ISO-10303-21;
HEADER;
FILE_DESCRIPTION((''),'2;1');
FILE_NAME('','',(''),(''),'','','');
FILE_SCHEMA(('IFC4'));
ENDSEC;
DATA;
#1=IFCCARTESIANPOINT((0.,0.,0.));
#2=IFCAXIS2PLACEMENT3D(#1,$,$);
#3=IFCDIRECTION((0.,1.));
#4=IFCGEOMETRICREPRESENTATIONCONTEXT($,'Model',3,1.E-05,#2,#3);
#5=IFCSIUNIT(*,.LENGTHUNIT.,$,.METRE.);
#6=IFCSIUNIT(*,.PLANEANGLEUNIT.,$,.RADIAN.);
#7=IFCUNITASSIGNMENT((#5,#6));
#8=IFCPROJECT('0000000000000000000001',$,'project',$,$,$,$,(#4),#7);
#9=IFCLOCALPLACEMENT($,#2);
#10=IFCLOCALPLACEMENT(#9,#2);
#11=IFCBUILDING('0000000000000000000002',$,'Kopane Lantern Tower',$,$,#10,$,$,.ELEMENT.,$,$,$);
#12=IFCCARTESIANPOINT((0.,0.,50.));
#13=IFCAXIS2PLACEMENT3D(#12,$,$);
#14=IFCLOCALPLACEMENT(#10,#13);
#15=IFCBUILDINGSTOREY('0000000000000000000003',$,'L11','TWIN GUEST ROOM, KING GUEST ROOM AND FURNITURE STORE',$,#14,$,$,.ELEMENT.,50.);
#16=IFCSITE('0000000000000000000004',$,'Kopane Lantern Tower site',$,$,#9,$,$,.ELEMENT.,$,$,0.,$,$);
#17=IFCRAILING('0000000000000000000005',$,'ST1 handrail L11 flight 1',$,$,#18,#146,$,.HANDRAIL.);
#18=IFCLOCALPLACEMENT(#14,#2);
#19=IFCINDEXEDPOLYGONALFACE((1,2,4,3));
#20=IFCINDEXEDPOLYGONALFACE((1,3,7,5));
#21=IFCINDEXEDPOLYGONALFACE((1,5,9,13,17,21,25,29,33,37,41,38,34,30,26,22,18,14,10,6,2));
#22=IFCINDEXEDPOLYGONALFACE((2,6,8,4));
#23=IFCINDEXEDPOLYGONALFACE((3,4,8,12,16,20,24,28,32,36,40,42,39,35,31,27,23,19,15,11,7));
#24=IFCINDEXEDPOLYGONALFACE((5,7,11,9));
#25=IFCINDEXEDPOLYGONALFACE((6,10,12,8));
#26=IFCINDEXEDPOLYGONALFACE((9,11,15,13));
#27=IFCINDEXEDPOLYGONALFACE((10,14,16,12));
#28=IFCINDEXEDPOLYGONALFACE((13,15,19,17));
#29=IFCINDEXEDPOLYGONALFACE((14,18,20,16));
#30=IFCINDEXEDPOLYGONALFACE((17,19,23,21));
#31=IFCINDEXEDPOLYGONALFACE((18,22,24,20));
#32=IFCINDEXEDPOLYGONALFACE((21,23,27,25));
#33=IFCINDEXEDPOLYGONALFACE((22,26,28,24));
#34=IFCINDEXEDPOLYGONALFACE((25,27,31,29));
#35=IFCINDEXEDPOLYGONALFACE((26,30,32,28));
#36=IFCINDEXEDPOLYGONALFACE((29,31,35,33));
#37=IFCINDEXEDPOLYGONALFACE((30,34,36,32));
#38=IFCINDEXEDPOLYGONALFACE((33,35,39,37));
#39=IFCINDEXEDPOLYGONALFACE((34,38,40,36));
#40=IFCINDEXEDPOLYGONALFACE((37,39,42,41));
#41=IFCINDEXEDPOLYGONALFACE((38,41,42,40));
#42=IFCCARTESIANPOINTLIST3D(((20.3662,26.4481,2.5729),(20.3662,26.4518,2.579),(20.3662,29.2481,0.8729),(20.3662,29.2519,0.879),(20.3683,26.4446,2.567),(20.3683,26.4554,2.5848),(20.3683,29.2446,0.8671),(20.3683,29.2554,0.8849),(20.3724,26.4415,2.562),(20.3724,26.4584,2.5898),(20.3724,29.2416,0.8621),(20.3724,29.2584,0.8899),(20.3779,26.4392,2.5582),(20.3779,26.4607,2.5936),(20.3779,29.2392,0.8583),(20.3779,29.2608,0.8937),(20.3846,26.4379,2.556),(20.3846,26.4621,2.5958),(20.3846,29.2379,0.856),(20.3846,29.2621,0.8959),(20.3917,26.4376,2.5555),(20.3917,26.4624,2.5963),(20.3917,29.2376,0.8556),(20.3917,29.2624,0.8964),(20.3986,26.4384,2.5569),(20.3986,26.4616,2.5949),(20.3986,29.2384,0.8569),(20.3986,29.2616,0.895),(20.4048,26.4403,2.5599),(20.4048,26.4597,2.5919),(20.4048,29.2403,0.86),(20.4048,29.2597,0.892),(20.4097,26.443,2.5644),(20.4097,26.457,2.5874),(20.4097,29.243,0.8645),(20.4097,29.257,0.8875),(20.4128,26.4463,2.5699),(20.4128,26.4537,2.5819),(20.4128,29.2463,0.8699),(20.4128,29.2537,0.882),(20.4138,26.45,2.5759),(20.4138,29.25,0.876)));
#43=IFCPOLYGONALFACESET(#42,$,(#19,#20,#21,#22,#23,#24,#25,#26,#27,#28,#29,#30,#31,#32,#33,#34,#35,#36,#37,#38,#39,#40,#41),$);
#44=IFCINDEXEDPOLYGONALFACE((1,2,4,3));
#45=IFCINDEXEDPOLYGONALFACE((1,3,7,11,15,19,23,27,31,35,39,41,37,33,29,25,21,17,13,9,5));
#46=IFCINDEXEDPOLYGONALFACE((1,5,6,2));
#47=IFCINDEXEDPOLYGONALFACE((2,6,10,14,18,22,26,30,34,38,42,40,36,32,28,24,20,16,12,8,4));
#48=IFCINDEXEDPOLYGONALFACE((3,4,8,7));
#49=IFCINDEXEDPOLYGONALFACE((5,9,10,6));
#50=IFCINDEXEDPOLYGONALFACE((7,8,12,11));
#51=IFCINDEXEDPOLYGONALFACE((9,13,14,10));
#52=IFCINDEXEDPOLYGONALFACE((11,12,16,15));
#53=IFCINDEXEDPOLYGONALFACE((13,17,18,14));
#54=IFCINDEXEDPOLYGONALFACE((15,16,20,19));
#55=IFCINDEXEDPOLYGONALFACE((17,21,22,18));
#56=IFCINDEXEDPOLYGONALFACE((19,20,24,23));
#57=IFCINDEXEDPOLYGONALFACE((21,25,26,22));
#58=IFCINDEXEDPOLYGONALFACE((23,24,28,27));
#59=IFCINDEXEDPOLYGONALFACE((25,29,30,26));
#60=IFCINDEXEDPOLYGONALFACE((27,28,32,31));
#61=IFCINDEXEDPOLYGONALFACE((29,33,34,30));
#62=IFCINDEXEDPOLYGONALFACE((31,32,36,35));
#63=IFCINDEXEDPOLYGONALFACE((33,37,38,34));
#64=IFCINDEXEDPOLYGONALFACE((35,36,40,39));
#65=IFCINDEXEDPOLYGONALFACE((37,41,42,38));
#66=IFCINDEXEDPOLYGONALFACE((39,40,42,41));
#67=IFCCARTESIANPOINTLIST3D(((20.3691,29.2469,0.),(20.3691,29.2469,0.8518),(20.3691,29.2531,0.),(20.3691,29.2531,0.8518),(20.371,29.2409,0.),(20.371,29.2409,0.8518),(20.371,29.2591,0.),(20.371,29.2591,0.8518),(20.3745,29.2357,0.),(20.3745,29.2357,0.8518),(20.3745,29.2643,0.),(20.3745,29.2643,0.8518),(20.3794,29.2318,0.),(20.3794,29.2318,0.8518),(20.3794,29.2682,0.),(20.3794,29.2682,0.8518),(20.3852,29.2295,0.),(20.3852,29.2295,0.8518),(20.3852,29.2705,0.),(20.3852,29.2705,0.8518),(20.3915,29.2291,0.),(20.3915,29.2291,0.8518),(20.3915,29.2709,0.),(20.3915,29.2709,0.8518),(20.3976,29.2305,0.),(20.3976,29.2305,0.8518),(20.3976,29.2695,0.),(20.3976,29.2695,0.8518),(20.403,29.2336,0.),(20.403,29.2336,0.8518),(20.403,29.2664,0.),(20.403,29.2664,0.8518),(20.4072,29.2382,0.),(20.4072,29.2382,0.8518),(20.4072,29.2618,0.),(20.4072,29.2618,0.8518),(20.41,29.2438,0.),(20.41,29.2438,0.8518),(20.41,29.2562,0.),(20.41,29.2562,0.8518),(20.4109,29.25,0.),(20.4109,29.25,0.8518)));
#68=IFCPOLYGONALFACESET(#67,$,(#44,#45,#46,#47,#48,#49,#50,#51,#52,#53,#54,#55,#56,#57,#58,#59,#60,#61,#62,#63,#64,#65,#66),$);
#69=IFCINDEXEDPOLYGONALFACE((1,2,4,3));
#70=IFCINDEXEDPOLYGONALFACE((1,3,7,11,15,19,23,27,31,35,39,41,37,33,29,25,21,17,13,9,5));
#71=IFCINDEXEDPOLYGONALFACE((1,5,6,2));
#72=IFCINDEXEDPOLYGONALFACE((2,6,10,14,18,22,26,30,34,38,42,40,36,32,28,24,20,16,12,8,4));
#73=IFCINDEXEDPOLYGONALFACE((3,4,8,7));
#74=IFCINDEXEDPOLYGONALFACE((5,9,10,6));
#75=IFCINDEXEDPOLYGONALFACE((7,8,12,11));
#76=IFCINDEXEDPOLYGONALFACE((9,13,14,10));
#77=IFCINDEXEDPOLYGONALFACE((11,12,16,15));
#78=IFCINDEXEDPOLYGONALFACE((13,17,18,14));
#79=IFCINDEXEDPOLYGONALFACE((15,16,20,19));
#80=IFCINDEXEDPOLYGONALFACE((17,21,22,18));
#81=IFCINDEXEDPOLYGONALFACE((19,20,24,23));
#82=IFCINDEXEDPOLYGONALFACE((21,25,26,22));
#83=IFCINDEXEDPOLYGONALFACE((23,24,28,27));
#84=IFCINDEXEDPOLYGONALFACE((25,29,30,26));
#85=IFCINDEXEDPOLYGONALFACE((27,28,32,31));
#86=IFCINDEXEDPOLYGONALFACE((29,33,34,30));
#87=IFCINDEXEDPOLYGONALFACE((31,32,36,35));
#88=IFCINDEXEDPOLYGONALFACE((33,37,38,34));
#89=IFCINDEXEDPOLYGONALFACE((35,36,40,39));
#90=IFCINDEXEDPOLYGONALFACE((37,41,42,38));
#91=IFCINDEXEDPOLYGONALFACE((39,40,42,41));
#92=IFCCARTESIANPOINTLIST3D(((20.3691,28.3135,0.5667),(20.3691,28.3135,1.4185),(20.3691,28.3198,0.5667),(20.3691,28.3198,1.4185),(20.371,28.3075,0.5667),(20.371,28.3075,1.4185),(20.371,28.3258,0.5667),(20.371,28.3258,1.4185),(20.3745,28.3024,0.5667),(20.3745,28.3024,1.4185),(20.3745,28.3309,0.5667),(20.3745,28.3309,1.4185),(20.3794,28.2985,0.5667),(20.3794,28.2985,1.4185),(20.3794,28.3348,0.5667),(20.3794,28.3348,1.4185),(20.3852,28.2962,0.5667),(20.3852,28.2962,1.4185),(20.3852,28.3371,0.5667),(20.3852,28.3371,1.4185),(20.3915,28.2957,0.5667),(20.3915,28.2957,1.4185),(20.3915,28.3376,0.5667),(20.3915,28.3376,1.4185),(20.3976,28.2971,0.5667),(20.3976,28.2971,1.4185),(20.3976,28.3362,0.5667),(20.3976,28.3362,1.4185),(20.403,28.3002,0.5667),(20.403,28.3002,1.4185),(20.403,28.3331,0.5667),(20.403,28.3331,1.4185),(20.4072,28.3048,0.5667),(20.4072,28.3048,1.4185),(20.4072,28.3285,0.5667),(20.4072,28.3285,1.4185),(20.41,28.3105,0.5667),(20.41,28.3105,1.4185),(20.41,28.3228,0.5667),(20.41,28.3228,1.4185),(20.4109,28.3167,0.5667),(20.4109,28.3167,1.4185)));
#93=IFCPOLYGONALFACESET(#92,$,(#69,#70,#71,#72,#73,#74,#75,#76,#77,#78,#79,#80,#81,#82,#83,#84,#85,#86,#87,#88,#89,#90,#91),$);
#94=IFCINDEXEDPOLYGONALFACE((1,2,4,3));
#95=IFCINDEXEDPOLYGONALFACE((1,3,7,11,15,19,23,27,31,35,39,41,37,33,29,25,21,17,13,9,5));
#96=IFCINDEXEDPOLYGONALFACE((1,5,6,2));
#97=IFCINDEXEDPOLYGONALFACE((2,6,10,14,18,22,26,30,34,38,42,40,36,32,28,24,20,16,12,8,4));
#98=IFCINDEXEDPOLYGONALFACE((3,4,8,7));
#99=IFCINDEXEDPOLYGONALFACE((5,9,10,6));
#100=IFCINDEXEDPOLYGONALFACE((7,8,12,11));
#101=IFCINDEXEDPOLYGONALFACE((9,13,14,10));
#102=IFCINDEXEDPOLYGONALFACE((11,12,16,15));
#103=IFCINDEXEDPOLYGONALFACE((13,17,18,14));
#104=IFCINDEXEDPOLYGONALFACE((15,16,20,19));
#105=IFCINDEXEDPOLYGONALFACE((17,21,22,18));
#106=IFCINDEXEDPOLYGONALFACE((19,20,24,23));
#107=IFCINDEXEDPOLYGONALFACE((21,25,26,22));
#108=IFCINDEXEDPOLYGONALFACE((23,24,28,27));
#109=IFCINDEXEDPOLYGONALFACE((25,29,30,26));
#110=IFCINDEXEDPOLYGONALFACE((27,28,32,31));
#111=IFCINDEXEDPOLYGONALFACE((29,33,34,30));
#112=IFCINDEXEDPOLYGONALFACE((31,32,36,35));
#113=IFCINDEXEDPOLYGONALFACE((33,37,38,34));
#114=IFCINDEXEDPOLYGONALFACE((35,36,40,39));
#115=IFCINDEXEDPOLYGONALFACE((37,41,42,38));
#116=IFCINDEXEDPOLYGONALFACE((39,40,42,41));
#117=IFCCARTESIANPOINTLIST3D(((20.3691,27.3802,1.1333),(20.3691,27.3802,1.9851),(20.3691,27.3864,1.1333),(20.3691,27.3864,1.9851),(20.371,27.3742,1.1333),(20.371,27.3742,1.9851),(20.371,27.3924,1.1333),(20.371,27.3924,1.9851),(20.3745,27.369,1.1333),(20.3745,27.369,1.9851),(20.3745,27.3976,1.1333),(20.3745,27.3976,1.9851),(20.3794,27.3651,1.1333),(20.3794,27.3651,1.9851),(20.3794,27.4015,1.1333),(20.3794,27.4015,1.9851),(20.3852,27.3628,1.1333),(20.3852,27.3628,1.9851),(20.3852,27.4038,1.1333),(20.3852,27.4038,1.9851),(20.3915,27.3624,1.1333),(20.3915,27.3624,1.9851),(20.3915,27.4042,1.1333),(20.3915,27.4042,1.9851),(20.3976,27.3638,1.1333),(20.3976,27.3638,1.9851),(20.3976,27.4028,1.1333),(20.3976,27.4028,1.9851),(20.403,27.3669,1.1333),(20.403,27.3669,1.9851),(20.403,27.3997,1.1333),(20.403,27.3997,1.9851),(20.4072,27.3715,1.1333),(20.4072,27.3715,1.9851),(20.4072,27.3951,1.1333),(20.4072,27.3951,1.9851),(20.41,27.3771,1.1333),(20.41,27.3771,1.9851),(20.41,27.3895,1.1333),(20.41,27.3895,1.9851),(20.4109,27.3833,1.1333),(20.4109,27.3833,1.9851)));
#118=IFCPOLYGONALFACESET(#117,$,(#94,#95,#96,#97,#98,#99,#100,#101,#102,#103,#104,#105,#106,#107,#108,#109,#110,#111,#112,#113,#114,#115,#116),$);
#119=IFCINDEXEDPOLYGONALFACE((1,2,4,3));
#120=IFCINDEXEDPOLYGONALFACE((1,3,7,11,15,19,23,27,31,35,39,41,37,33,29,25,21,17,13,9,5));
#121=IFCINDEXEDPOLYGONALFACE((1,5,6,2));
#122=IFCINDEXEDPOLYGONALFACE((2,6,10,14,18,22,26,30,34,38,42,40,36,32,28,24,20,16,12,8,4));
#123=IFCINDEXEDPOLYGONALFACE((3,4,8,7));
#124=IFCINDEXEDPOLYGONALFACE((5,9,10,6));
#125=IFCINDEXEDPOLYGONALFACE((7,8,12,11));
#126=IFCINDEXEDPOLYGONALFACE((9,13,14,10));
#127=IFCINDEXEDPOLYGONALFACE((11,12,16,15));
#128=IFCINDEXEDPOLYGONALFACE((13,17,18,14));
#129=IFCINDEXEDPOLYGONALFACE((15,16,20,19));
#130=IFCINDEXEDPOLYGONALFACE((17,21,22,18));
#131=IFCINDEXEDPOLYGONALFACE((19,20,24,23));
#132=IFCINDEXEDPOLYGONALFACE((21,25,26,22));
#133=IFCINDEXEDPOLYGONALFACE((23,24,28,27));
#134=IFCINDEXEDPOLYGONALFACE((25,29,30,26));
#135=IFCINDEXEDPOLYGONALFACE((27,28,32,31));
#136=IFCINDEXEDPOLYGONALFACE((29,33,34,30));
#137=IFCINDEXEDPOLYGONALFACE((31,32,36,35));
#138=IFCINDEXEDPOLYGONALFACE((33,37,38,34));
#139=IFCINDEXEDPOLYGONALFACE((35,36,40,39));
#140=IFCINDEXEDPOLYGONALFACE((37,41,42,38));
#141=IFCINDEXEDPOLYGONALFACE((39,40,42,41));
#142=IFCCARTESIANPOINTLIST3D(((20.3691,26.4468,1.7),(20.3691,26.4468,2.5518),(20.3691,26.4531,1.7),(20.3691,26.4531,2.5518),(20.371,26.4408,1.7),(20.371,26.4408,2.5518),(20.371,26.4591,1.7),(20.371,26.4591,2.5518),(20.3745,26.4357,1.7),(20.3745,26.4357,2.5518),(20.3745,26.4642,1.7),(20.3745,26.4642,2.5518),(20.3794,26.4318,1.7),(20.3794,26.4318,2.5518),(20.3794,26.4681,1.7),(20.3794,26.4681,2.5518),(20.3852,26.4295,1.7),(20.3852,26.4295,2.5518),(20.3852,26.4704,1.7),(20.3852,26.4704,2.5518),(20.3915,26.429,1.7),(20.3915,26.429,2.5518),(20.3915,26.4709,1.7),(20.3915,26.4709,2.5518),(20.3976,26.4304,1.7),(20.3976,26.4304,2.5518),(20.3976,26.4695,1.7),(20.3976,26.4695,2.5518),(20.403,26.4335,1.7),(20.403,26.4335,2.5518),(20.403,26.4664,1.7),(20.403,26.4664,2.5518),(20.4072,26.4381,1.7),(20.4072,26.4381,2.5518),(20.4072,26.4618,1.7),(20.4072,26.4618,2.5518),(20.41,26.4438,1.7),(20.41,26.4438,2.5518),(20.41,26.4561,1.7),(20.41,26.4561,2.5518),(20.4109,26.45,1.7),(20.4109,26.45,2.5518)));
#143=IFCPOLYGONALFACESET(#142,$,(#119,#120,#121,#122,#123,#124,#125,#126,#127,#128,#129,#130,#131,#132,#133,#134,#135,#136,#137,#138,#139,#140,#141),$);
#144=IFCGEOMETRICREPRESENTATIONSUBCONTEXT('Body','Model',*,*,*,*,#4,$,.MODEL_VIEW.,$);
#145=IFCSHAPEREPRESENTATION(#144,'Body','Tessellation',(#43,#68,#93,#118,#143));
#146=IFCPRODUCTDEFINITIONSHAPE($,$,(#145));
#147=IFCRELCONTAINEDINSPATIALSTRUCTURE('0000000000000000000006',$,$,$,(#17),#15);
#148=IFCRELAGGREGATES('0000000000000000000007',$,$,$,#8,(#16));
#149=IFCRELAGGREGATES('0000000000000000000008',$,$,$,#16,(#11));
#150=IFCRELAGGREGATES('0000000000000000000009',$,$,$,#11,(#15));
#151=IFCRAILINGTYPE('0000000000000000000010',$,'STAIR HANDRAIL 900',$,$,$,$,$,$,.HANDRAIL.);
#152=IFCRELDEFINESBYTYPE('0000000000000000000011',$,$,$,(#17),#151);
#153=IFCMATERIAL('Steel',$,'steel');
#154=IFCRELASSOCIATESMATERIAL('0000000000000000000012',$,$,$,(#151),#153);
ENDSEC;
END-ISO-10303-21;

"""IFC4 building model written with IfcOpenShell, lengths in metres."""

from ifc_helpers import new_model, si_unit, direction, frame, origin, origin_2d, place, context, subcontext, project, spatial, circle, extrude, material, type_object, element, save


model = new_model("IFC4")

# Units and contexts
model_context = context("Model", 3, precision=1e-05, world=origin(), true_north=direction((0.0, 1.0)))
body_context = subcontext(model_context, "Body", "Model", "MODEL_VIEW")
ifc_project = project(units=[si_unit("LENGTHUNIT", "METRE"), si_unit("PLANEANGLEUNIT", "RADIAN")], contexts=[model_context])

# Site, building, storey
site_placement = place(None, origin())
site = spatial("IfcSite", under=ifc_project, at=site_placement, Name="Kopane Lantern Tower site", CompositionType="ELEMENT", RefElevation=0.0)
building_placement = place(site_placement, origin())
building = spatial("IfcBuilding", under=site, at=building_placement, Name="Kopane Lantern Tower", CompositionType="ELEMENT")
storey_placement = place(building_placement, frame((0.0, 0.0, 50.0)))
storey = spatial("IfcBuildingStorey", under=building, at=storey_placement, Name="L11", Description="TWIN GUEST ROOM, KING GUEST ROOM AND FURNITURE STORE", CompositionType="ELEMENT", Elevation=50.0)

# Railing
ifc_material_1 = material(Name="Steel", Category="steel")
railing_type_1 = type_object("IfcRailingType", Name="STAIR HANDRAIL 900", PredefinedType="HANDRAIL", material=ifc_material_1)
for number, where, name in (
    (1, (20.3899, 29.25, 0.0), "ST1 handrail L11 flight 1"),
):
    element("IfcRailing", number, at=place(storey_placement, frame(where)), inside=storey, type_object=railing_type_1, Name=name, PredefinedType="HANDRAIL", context=body_context, shape_type="SweptSolid", body=[
        extrude(circle(Radius=0.0239, at=origin_2d()), frame((0.0, 0.0, 0.876), z_axis=(0.0, -0.854798, 0.518961), x_axis=(1.0, 0.0, 0.0)), (0.0, 0.0, 1.0), 3.2756),
        extrude(circle(Radius=0.021, at=origin_2d()), origin(), (0.0, 0.0, 1.0), 0.8518),
        extrude(circle(Radius=0.021, at=origin_2d()), frame((0.0, -0.9333, 0.5667)), (0.0, 0.0, 1.0), 0.8518),
        extrude(circle(Radius=0.021, at=origin_2d()), frame((0.0, -1.8667, 1.1333)), (0.0, 0.0, 1.0), 0.8518),
        extrude(circle(Radius=0.021, at=origin_2d()), frame((0.0, -2.8, 1.7)), (0.0, 0.0, 1.0), 0.8518),
    ])

save(model, "model.ifc")
